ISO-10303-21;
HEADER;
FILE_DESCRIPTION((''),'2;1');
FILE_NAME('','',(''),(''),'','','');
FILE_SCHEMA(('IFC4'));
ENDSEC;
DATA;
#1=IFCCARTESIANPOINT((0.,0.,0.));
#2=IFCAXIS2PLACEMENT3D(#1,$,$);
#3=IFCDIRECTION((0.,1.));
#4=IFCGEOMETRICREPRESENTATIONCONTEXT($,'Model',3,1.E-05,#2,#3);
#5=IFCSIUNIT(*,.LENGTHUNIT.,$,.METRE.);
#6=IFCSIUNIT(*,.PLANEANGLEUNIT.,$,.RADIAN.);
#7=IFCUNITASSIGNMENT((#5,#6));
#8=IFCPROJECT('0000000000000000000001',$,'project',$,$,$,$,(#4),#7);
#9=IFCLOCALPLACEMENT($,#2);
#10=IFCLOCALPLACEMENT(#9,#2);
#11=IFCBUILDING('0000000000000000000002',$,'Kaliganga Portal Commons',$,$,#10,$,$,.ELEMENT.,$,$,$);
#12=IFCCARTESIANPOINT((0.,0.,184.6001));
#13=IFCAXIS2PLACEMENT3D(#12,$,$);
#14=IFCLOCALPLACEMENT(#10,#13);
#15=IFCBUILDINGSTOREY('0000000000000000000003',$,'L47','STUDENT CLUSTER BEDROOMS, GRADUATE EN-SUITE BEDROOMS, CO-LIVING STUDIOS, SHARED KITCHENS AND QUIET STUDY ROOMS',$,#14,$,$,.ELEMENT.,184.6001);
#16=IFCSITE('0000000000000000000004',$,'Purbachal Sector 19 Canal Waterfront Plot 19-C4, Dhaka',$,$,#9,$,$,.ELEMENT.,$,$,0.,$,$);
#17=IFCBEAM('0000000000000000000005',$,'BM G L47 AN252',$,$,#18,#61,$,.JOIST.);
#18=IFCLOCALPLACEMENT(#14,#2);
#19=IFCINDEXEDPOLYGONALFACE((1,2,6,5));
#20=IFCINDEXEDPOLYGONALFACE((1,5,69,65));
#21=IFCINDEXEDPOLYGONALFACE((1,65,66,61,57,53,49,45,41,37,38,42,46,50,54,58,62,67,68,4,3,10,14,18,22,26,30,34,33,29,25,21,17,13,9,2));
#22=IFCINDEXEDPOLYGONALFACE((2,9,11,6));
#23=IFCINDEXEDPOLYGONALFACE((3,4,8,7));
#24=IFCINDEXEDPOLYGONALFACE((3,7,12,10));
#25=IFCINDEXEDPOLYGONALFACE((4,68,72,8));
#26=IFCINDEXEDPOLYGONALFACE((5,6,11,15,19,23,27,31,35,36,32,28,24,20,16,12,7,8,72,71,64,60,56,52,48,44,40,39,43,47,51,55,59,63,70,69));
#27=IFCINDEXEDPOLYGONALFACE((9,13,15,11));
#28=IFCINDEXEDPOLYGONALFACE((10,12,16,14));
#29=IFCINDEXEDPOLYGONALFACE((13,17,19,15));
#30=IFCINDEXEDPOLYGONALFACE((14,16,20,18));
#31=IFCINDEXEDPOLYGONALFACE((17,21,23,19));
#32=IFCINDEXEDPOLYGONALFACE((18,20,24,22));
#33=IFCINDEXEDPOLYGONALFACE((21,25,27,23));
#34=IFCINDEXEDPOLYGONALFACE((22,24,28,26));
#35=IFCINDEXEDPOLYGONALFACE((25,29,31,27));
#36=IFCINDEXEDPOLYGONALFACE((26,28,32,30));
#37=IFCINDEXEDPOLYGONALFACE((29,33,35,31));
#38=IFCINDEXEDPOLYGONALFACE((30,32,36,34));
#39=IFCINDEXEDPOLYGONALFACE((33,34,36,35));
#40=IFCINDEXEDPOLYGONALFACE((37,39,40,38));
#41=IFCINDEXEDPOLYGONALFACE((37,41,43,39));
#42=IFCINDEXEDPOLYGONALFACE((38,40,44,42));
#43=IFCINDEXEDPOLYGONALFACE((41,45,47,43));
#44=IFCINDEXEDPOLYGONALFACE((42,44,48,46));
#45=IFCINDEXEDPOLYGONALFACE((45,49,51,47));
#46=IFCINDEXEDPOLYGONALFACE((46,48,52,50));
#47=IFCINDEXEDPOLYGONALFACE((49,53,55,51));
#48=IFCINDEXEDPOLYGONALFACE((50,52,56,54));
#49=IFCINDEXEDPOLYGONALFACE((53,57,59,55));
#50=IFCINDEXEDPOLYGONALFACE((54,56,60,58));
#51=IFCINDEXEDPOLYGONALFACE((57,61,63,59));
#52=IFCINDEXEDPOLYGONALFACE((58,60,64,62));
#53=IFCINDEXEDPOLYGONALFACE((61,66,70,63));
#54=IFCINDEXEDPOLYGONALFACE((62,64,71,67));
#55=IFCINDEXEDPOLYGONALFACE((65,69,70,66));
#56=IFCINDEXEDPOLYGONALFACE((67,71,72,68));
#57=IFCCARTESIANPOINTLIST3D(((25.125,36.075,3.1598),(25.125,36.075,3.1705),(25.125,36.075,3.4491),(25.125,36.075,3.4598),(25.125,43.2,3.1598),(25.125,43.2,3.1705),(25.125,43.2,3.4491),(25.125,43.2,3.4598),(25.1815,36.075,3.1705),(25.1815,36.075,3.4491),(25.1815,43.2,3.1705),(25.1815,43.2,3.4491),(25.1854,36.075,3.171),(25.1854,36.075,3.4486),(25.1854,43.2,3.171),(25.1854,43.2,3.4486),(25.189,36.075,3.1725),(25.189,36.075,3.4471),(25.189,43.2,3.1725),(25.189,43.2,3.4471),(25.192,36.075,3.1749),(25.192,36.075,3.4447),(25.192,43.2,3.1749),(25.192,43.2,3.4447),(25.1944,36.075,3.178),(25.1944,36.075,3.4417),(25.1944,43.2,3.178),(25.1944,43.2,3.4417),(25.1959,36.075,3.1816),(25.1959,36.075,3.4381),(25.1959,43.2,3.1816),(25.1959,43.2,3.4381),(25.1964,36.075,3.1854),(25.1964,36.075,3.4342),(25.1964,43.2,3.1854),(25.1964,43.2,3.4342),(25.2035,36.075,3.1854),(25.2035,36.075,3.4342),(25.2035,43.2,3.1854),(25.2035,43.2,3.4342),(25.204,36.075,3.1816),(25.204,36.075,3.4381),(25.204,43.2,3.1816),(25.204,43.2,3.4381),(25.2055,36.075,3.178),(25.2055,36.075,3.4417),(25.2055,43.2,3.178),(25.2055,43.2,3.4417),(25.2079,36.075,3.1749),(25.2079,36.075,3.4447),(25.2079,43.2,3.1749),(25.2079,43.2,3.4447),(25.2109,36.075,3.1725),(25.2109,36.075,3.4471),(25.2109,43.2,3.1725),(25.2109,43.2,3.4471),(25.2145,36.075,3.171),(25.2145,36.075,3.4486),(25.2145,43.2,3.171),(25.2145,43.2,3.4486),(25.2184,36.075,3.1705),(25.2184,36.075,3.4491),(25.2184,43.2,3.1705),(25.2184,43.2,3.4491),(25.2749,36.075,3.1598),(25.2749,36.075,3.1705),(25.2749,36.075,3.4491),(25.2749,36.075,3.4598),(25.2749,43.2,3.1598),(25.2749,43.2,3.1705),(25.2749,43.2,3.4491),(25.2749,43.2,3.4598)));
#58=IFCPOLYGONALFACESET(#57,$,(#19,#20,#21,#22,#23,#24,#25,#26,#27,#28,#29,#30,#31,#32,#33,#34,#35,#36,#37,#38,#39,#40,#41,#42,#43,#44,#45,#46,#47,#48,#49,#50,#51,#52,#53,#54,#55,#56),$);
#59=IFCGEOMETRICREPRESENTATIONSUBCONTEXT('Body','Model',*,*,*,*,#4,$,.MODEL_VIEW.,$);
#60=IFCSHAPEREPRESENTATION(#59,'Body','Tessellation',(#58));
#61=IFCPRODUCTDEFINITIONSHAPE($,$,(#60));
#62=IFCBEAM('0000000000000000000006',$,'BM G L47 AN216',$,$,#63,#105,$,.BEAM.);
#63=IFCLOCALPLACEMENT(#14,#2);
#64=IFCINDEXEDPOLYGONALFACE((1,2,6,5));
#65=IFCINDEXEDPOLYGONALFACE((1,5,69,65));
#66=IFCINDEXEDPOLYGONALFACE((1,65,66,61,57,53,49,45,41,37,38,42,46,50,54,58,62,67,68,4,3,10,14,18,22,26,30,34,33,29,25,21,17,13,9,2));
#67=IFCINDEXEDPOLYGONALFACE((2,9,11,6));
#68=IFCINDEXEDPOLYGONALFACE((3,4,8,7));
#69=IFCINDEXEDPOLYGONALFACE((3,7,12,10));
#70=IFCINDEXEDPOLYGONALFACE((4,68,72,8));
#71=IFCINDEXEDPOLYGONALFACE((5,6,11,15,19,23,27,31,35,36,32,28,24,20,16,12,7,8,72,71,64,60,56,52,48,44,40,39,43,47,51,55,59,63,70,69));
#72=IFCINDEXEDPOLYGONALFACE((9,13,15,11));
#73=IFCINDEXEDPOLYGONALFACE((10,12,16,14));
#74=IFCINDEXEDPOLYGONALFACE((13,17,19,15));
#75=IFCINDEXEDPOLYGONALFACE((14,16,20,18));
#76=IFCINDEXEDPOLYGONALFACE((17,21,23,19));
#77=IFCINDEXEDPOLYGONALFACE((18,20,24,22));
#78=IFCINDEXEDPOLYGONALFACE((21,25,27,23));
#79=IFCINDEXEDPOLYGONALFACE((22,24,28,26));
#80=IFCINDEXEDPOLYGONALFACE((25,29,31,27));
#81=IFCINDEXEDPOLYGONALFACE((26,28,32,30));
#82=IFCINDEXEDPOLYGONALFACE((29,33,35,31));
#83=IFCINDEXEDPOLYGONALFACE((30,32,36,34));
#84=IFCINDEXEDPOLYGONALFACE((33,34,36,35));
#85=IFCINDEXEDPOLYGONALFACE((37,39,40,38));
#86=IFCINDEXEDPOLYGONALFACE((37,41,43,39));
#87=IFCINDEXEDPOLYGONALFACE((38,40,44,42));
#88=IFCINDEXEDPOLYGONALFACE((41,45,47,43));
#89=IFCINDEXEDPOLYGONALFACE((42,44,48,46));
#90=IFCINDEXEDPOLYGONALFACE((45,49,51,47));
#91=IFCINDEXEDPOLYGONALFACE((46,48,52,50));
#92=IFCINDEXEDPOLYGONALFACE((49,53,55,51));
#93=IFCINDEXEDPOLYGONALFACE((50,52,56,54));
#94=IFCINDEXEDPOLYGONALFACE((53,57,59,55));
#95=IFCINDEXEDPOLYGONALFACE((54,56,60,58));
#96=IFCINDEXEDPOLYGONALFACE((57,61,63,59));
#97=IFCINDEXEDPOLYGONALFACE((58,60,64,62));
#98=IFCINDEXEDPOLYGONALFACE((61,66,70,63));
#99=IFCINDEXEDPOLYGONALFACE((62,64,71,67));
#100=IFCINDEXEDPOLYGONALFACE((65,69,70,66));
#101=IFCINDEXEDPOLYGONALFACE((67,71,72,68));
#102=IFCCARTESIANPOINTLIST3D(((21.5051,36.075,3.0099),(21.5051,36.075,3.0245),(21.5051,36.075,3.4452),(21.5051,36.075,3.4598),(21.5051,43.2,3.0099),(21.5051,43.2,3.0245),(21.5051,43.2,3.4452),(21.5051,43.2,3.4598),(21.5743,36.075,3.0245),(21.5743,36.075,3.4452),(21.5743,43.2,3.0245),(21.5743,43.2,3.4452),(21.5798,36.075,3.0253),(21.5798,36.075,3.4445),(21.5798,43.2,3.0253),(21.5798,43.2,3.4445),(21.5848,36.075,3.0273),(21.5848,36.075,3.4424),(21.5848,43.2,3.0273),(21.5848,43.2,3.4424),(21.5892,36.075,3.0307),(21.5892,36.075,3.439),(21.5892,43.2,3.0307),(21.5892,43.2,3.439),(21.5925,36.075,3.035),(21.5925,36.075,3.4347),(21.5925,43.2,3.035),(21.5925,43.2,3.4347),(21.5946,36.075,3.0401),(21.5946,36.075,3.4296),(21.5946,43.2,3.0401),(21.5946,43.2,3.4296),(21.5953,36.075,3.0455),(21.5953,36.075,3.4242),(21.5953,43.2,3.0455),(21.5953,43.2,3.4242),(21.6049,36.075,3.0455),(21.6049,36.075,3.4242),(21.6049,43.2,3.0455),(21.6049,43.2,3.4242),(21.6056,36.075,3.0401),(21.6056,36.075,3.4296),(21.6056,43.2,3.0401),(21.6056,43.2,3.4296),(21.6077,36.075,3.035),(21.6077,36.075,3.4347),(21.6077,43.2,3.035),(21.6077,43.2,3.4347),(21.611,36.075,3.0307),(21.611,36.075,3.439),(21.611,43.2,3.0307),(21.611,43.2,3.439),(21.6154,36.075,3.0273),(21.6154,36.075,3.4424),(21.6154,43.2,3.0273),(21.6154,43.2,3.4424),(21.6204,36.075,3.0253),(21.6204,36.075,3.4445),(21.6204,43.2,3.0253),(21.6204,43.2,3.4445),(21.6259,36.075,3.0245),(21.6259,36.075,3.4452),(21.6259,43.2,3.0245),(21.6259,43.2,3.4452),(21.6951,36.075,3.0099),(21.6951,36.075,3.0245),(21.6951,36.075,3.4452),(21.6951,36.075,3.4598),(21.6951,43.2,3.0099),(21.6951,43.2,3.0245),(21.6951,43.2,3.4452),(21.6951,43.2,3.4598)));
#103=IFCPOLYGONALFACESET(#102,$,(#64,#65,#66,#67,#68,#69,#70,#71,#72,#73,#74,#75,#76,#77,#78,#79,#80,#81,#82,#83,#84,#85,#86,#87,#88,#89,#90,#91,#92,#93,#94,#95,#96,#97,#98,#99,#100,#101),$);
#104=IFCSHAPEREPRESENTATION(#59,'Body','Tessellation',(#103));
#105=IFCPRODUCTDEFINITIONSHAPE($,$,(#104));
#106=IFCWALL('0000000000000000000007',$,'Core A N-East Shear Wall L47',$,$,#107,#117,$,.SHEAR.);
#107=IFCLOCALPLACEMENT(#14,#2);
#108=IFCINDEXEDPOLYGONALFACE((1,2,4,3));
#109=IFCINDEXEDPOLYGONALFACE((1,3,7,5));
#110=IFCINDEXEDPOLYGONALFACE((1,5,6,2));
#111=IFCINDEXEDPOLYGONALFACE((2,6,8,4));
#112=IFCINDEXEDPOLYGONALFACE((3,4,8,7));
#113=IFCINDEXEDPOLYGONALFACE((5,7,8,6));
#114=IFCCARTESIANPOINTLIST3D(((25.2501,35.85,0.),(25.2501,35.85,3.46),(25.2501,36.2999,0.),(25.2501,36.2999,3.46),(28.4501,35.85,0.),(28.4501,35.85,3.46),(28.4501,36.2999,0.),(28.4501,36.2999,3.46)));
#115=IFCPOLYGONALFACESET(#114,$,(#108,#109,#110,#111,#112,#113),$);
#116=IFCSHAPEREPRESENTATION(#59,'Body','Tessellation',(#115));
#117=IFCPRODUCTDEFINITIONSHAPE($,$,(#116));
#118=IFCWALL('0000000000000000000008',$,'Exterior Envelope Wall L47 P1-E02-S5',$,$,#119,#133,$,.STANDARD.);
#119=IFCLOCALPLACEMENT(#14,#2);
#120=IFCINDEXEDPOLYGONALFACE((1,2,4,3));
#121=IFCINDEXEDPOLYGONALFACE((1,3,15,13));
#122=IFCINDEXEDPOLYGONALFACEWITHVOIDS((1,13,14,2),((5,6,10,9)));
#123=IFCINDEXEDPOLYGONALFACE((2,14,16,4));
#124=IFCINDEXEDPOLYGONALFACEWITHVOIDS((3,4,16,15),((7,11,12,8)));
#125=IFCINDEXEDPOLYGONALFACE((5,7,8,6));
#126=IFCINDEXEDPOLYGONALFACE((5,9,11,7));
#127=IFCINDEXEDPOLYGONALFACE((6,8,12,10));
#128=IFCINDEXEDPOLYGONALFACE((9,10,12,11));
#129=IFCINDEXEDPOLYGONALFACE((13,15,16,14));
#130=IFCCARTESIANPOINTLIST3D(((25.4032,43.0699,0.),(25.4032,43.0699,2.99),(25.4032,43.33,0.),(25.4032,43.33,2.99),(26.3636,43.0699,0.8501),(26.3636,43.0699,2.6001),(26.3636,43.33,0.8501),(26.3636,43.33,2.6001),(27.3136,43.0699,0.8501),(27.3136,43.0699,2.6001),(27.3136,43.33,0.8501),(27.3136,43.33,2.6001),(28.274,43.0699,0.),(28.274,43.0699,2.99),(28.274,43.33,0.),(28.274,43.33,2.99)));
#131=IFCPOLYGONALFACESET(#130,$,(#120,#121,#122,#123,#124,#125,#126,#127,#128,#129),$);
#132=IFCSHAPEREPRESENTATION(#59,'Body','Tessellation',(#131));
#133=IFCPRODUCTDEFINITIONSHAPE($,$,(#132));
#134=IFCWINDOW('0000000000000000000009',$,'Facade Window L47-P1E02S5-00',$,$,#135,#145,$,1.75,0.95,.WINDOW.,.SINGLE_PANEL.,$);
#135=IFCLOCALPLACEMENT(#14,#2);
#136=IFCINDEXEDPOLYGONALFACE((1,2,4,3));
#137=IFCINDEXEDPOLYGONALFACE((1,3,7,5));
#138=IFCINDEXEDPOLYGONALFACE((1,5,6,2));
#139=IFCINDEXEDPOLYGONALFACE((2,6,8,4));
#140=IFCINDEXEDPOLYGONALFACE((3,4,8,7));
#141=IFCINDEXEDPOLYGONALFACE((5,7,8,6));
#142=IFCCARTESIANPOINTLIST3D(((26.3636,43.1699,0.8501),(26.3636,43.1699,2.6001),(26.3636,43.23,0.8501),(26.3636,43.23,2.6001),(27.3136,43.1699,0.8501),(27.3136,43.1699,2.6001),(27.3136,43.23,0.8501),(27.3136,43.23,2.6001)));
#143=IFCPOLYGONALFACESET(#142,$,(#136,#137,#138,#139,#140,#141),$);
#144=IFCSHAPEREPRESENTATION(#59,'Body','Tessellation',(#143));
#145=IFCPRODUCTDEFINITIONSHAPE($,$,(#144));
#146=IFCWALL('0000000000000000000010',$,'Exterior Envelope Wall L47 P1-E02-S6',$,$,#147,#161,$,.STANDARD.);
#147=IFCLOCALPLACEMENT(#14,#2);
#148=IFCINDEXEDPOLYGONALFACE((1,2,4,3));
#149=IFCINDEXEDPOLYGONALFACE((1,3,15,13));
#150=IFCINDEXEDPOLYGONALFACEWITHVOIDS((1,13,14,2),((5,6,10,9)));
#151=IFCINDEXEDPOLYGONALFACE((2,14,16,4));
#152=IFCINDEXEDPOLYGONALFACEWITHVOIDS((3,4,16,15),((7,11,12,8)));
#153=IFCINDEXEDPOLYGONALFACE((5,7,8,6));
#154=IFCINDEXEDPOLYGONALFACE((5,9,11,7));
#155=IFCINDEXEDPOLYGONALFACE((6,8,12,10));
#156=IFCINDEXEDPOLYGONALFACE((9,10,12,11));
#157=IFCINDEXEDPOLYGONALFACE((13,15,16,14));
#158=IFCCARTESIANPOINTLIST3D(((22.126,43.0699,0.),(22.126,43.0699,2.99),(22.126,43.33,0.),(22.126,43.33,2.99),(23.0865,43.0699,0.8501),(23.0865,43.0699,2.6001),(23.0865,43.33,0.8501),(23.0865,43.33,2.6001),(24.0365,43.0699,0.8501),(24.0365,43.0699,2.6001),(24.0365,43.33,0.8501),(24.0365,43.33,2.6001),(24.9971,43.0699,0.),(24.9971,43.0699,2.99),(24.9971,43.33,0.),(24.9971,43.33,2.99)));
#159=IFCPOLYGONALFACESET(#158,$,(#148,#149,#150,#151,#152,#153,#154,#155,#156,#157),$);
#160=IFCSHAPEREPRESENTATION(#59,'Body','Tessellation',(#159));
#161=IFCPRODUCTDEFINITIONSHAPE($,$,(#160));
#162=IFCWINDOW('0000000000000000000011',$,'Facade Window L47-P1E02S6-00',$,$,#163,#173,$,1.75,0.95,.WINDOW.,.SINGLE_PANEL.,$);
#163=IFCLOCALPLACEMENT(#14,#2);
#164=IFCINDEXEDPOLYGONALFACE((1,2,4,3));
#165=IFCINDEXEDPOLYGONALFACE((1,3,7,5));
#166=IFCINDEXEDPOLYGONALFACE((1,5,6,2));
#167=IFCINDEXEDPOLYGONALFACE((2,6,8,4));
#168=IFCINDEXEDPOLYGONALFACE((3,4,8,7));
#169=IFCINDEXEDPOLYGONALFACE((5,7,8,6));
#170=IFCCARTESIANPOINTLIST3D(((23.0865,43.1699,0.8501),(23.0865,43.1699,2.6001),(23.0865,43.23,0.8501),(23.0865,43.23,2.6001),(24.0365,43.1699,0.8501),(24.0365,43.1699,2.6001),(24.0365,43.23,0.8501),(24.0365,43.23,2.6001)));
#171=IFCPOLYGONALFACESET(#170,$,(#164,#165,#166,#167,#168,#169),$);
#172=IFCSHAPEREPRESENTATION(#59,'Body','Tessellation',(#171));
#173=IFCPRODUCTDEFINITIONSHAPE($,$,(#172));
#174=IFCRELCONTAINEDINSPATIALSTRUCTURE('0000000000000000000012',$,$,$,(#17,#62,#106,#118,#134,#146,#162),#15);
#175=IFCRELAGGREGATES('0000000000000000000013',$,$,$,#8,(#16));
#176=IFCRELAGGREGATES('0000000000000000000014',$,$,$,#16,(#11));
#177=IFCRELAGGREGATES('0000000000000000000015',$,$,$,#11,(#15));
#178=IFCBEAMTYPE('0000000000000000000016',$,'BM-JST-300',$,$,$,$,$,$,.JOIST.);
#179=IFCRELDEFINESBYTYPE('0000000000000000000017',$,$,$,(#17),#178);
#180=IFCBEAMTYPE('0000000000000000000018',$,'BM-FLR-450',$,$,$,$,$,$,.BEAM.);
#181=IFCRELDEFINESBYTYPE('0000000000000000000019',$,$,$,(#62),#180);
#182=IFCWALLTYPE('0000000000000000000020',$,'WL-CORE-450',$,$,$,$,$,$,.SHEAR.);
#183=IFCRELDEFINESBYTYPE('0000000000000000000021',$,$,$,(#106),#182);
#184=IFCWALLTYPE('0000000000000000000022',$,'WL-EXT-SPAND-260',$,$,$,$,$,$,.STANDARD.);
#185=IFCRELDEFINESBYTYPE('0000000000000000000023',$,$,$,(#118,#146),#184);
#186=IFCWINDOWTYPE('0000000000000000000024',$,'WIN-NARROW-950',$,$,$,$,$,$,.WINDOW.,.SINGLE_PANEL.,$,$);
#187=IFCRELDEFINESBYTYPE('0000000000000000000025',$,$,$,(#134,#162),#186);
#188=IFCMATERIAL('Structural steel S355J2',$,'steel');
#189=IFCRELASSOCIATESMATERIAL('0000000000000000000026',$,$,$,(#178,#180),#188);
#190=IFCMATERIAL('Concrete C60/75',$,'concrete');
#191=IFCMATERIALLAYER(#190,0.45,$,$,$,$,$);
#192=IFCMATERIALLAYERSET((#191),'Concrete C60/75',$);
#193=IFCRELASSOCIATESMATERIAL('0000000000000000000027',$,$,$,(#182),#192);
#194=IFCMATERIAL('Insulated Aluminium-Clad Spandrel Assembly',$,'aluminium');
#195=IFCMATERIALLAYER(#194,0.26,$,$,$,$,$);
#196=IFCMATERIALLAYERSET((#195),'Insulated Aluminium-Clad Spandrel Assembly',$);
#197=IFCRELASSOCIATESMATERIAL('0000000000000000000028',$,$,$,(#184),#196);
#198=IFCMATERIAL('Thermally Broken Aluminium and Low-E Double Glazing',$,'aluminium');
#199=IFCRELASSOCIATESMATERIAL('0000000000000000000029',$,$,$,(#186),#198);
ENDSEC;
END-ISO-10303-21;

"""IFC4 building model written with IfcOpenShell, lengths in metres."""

from ifc_helpers import new_model, si_unit, direction, frame, frame_2d, origin, origin_2d, place, context, subcontext, project, spatial, rectangle, i_section, extrude, source, transform, mapped, material, layer, layer_set, material_profile, profile_set, type_object, element, fill, save


model = new_model("IFC4")

# Units and contexts
model_context = context("Model", 3, precision=1e-05, world=origin(), true_north=direction((0.0, 1.0)))
body_context = subcontext(model_context, "Body", "Model", "MODEL_VIEW")
ifc_project = project(units=[si_unit("LENGTHUNIT", "METRE"), si_unit("PLANEANGLEUNIT", "RADIAN")], contexts=[model_context])

# Site, building, storey
site_placement = place(None, origin())
site = spatial("IfcSite", under=ifc_project, at=site_placement, Name="Purbachal Sector 19 Canal Waterfront Plot 19-C4, Dhaka", CompositionType="ELEMENT", RefElevation=0.0)
building_placement = place(site_placement, origin())
building = spatial("IfcBuilding", under=site, at=building_placement, Name="Kaliganga Portal Commons", CompositionType="ELEMENT")
storey_placement = place(building_placement, frame((0.0, 0.0, 184.6001)))
storey = spatial("IfcBuildingStorey", under=building, at=storey_placement, Name="L47", Description="STUDENT CLUSTER BEDROOMS, GRADUATE EN-SUITE BEDROOMS, CO-LIVING STUDIOS, SHARED KITCHENS AND QUIET STUDY ROOMS", CompositionType="ELEMENT", Elevation=184.6001)

# Shared definitions
ifc_material_1 = material(Name="Concrete C60/75", Category="concrete")

# Beams
ifc_material_2 = material(Name="Structural steel S355J2", Category="steel")
ifc_material_profile_1 = material_profile(ifc_material_2, i_section(OverallWidth=0.1499, OverallDepth=0.3, WebThickness=0.0071, FlangeThickness=0.0107, FilletRadius=0.0149, at=origin_2d()), Name="IPE 300")
ifc_profile_set_1 = profile_set([ifc_material_profile_1], Name="Structural steel S355J2 wide-flange")
beam_type_1 = type_object("IfcBeamType", Name="BM-JST-300", PredefinedType="JOIST", material=ifc_profile_set_1)
shared_shape_1 = source(origin(), body_context, "Body", "SweptSolid", [
    extrude(i_section(OverallWidth=0.1499, OverallDepth=0.3, WebThickness=0.0071, FlangeThickness=0.0107, FilletRadius=0.0149, at=origin_2d()), origin(), (0.0, 0.0, 1.0), 7.125),
])
beam_1_placement = place(storey_placement, frame((25.2, 36.075, 3.3098), z_axis=(0.0, 1.0, 0.0), x_axis=(-1.0, 0.0, 0.0)))
element("IfcBeam", 1, at=beam_1_placement, inside=storey, type_object=beam_type_1, Name="BM G L47 AN252", PredefinedType="JOIST", context=body_context, shape_type="MappedRepresentation", body=[
    mapped(shared_shape_1, transform((0.0, 0.0, 0.0), x_axis=(1.0, 0.0, 0.0), y_axis=(0.0, 1.0, 0.0), z_axis=(0.0, 0.0, 1.0), scale=1.0)),
])
ifc_material_profile_2 = material_profile(ifc_material_2, i_section(OverallWidth=0.1899, OverallDepth=0.45, WebThickness=0.0095, FlangeThickness=0.0146, FilletRadius=0.021, at=origin_2d()), Name="IPE 450")
ifc_profile_set_2 = profile_set([ifc_material_profile_2], Name="Structural steel S355J2 wide-flange")
beam_type_2 = type_object("IfcBeamType", Name="BM-FLR-450", PredefinedType="BEAM", material=ifc_profile_set_2)
shared_shape_2 = source(origin(), body_context, "Body", "SweptSolid", [
    extrude(i_section(OverallWidth=0.1899, OverallDepth=0.45, WebThickness=0.0095, FlangeThickness=0.0146, FilletRadius=0.021, at=origin_2d()), origin(), (0.0, 0.0, 1.0), 7.125),
])
beam_2_placement = place(storey_placement, frame((21.6001, 36.075, 3.2349), z_axis=(0.0, 1.0, 0.0), x_axis=(-1.0, 0.0, 0.0)))
element("IfcBeam", 2, at=beam_2_placement, inside=storey, type_object=beam_type_2, Name="BM G L47 AN216", PredefinedType="BEAM", context=body_context, shape_type="MappedRepresentation", body=[
    mapped(shared_shape_2, transform((0.0, 0.0, 0.0), x_axis=(1.0, 0.0, 0.0), y_axis=(0.0, 1.0, 0.0), z_axis=(0.0, 0.0, 1.0), scale=1.0)),
])

# Wall
ifc_layer_1 = layer(ifc_material_1, 0.45)
ifc_layer_set_1 = layer_set([ifc_layer_1], Name="Concrete C60/75")
wall_type_1 = type_object("IfcWallType", Name="WL-CORE-450", PredefinedType="SHEAR", material=ifc_layer_set_1)
wall_1_placement = place(storey_placement, frame((25.25, 36.075, 0.0), z_axis=(0.0, 0.0, 1.0), x_axis=(1.0, 0.0, 0.0)))
element("IfcWall", 3, at=wall_1_placement, inside=storey, type_object=wall_type_1, Name="Core A N-East Shear Wall L47", PredefinedType="SHEAR", context=body_context, shape_type="SweptSolid", body=[
    extrude(rectangle(XDim=3.2, YDim=0.45, at=frame_2d((1.6001, 0.0))), origin(), (0.0, 0.0, 1.0), 3.46),
])

# Walls, openings, windows
ifc_material_3 = material(Name="Insulated Aluminium-Clad Spandrel Assembly", Category="aluminium")
ifc_layer_2 = layer(ifc_material_3, 0.26)
ifc_layer_set_2 = layer_set([ifc_layer_2], Name="Insulated Aluminium-Clad Spandrel Assembly")
wall_type_2 = type_object("IfcWallType", Name="WL-EXT-SPAND-260", PredefinedType="STANDARD", material=ifc_layer_set_2)
wall_2_placement = place(storey_placement, frame((25.4031, 43.2, 0.0), z_axis=(0.0, 0.0, 1.0), x_axis=(1.0, 0.0, 0.0)))
wall_2 = element("IfcWall", 4, at=wall_2_placement, inside=storey, type_object=wall_type_2, Name="Exterior Envelope Wall L47 P1-E02-S5", PredefinedType="STANDARD", context=body_context, shape_type="SweptSolid", body=[
    extrude(rectangle(XDim=2.8708, YDim=0.26, at=frame_2d((1.4355, 0.0))), origin(), (0.0, 0.0, 1.0), 2.99),
])
opening_1_placement = place(wall_2_placement, frame((0.9604, 0.0, 0.8501)))
opening_1 = element("IfcOpeningElement", 5, at=opening_1_placement, cuts=wall_2, PredefinedType="OPENING", context=body_context, shape_type="SweptSolid", body=[
    extrude(rectangle(XDim=0.95, YDim=1.75, at=frame_2d((0.4751, 0.875))), frame((0.0, 0.1401, 0.0), z_axis=(0.0, -1.0, 0.0), x_axis=(1.0, 0.0, 0.0)), (0.0, 0.0, 1.0), 0.28),
])
ifc_material_4 = material(Name="Thermally Broken Aluminium and Low-E Double Glazing", Category="aluminium")
window_type = type_object("IfcWindowType", Name="WIN-NARROW-950", PartitioningType="SINGLE_PANEL", PredefinedType="WINDOW", material=ifc_material_4)
window_1_placement = place(opening_1_placement, origin())
window_1 = element("IfcWindow", 6, at=window_1_placement, inside=storey, type_object=window_type, Name="Facade Window L47-P1E02S5-00", OverallHeight=1.75, OverallWidth=0.95, PartitioningType="SINGLE_PANEL", PredefinedType="WINDOW", context=body_context, shape_type="SweptSolid", body=[
    extrude(rectangle(XDim=0.95, YDim=1.75, at=frame_2d((0.4751, 0.875))), frame((0.0, 0.03, 0.0), z_axis=(0.0, -1.0, 0.0), x_axis=(1.0, 0.0, 0.0)), (0.0, 0.0, 1.0), 0.0601),
])
fill(opening_1, window_1)
wall_3_placement = place(storey_placement, frame((22.126, 43.2, 0.0), z_axis=(0.0, 0.0, 1.0), x_axis=(1.0, 0.0, 0.0)))
wall_3 = element("IfcWall", 7, at=wall_3_placement, inside=storey, type_object=wall_type_2, Name="Exterior Envelope Wall L47 P1-E02-S6", PredefinedType="STANDARD", context=body_context, shape_type="SweptSolid", body=[
    extrude(rectangle(XDim=2.8711, YDim=0.26, at=frame_2d((1.4355, 0.0))), origin(), (0.0, 0.0, 1.0), 2.99),
])
opening_2_placement = place(wall_3_placement, frame((0.9604, 0.0, 0.8501)))
opening_2 = element("IfcOpeningElement", 8, at=opening_2_placement, cuts=wall_3, PredefinedType="OPENING", context=body_context, shape_type="SweptSolid", body=[
    extrude(rectangle(XDim=0.95, YDim=1.75, at=frame_2d((0.4751, 0.875))), frame((0.0, 0.1401, 0.0), z_axis=(0.0, -1.0, 0.0), x_axis=(1.0, 0.0, 0.0)), (0.0, 0.0, 1.0), 0.28),
])
window_2_placement = place(opening_2_placement, origin())
window_2 = element("IfcWindow", 9, at=window_2_placement, inside=storey, type_object=window_type, Name="Facade Window L47-P1E02S6-00", OverallHeight=1.75, OverallWidth=0.95, PartitioningType="SINGLE_PANEL", PredefinedType="WINDOW", context=body_context, shape_type="SweptSolid", body=[
    extrude(rectangle(XDim=0.95, YDim=1.75, at=frame_2d((0.4751, 0.875))), frame((0.0, 0.03, 0.0), z_axis=(0.0, -1.0, 0.0), x_axis=(1.0, 0.0, 0.0)), (0.0, 0.0, 1.0), 0.0601),
])
fill(opening_2, window_2)

save(model, "model.ifc")
